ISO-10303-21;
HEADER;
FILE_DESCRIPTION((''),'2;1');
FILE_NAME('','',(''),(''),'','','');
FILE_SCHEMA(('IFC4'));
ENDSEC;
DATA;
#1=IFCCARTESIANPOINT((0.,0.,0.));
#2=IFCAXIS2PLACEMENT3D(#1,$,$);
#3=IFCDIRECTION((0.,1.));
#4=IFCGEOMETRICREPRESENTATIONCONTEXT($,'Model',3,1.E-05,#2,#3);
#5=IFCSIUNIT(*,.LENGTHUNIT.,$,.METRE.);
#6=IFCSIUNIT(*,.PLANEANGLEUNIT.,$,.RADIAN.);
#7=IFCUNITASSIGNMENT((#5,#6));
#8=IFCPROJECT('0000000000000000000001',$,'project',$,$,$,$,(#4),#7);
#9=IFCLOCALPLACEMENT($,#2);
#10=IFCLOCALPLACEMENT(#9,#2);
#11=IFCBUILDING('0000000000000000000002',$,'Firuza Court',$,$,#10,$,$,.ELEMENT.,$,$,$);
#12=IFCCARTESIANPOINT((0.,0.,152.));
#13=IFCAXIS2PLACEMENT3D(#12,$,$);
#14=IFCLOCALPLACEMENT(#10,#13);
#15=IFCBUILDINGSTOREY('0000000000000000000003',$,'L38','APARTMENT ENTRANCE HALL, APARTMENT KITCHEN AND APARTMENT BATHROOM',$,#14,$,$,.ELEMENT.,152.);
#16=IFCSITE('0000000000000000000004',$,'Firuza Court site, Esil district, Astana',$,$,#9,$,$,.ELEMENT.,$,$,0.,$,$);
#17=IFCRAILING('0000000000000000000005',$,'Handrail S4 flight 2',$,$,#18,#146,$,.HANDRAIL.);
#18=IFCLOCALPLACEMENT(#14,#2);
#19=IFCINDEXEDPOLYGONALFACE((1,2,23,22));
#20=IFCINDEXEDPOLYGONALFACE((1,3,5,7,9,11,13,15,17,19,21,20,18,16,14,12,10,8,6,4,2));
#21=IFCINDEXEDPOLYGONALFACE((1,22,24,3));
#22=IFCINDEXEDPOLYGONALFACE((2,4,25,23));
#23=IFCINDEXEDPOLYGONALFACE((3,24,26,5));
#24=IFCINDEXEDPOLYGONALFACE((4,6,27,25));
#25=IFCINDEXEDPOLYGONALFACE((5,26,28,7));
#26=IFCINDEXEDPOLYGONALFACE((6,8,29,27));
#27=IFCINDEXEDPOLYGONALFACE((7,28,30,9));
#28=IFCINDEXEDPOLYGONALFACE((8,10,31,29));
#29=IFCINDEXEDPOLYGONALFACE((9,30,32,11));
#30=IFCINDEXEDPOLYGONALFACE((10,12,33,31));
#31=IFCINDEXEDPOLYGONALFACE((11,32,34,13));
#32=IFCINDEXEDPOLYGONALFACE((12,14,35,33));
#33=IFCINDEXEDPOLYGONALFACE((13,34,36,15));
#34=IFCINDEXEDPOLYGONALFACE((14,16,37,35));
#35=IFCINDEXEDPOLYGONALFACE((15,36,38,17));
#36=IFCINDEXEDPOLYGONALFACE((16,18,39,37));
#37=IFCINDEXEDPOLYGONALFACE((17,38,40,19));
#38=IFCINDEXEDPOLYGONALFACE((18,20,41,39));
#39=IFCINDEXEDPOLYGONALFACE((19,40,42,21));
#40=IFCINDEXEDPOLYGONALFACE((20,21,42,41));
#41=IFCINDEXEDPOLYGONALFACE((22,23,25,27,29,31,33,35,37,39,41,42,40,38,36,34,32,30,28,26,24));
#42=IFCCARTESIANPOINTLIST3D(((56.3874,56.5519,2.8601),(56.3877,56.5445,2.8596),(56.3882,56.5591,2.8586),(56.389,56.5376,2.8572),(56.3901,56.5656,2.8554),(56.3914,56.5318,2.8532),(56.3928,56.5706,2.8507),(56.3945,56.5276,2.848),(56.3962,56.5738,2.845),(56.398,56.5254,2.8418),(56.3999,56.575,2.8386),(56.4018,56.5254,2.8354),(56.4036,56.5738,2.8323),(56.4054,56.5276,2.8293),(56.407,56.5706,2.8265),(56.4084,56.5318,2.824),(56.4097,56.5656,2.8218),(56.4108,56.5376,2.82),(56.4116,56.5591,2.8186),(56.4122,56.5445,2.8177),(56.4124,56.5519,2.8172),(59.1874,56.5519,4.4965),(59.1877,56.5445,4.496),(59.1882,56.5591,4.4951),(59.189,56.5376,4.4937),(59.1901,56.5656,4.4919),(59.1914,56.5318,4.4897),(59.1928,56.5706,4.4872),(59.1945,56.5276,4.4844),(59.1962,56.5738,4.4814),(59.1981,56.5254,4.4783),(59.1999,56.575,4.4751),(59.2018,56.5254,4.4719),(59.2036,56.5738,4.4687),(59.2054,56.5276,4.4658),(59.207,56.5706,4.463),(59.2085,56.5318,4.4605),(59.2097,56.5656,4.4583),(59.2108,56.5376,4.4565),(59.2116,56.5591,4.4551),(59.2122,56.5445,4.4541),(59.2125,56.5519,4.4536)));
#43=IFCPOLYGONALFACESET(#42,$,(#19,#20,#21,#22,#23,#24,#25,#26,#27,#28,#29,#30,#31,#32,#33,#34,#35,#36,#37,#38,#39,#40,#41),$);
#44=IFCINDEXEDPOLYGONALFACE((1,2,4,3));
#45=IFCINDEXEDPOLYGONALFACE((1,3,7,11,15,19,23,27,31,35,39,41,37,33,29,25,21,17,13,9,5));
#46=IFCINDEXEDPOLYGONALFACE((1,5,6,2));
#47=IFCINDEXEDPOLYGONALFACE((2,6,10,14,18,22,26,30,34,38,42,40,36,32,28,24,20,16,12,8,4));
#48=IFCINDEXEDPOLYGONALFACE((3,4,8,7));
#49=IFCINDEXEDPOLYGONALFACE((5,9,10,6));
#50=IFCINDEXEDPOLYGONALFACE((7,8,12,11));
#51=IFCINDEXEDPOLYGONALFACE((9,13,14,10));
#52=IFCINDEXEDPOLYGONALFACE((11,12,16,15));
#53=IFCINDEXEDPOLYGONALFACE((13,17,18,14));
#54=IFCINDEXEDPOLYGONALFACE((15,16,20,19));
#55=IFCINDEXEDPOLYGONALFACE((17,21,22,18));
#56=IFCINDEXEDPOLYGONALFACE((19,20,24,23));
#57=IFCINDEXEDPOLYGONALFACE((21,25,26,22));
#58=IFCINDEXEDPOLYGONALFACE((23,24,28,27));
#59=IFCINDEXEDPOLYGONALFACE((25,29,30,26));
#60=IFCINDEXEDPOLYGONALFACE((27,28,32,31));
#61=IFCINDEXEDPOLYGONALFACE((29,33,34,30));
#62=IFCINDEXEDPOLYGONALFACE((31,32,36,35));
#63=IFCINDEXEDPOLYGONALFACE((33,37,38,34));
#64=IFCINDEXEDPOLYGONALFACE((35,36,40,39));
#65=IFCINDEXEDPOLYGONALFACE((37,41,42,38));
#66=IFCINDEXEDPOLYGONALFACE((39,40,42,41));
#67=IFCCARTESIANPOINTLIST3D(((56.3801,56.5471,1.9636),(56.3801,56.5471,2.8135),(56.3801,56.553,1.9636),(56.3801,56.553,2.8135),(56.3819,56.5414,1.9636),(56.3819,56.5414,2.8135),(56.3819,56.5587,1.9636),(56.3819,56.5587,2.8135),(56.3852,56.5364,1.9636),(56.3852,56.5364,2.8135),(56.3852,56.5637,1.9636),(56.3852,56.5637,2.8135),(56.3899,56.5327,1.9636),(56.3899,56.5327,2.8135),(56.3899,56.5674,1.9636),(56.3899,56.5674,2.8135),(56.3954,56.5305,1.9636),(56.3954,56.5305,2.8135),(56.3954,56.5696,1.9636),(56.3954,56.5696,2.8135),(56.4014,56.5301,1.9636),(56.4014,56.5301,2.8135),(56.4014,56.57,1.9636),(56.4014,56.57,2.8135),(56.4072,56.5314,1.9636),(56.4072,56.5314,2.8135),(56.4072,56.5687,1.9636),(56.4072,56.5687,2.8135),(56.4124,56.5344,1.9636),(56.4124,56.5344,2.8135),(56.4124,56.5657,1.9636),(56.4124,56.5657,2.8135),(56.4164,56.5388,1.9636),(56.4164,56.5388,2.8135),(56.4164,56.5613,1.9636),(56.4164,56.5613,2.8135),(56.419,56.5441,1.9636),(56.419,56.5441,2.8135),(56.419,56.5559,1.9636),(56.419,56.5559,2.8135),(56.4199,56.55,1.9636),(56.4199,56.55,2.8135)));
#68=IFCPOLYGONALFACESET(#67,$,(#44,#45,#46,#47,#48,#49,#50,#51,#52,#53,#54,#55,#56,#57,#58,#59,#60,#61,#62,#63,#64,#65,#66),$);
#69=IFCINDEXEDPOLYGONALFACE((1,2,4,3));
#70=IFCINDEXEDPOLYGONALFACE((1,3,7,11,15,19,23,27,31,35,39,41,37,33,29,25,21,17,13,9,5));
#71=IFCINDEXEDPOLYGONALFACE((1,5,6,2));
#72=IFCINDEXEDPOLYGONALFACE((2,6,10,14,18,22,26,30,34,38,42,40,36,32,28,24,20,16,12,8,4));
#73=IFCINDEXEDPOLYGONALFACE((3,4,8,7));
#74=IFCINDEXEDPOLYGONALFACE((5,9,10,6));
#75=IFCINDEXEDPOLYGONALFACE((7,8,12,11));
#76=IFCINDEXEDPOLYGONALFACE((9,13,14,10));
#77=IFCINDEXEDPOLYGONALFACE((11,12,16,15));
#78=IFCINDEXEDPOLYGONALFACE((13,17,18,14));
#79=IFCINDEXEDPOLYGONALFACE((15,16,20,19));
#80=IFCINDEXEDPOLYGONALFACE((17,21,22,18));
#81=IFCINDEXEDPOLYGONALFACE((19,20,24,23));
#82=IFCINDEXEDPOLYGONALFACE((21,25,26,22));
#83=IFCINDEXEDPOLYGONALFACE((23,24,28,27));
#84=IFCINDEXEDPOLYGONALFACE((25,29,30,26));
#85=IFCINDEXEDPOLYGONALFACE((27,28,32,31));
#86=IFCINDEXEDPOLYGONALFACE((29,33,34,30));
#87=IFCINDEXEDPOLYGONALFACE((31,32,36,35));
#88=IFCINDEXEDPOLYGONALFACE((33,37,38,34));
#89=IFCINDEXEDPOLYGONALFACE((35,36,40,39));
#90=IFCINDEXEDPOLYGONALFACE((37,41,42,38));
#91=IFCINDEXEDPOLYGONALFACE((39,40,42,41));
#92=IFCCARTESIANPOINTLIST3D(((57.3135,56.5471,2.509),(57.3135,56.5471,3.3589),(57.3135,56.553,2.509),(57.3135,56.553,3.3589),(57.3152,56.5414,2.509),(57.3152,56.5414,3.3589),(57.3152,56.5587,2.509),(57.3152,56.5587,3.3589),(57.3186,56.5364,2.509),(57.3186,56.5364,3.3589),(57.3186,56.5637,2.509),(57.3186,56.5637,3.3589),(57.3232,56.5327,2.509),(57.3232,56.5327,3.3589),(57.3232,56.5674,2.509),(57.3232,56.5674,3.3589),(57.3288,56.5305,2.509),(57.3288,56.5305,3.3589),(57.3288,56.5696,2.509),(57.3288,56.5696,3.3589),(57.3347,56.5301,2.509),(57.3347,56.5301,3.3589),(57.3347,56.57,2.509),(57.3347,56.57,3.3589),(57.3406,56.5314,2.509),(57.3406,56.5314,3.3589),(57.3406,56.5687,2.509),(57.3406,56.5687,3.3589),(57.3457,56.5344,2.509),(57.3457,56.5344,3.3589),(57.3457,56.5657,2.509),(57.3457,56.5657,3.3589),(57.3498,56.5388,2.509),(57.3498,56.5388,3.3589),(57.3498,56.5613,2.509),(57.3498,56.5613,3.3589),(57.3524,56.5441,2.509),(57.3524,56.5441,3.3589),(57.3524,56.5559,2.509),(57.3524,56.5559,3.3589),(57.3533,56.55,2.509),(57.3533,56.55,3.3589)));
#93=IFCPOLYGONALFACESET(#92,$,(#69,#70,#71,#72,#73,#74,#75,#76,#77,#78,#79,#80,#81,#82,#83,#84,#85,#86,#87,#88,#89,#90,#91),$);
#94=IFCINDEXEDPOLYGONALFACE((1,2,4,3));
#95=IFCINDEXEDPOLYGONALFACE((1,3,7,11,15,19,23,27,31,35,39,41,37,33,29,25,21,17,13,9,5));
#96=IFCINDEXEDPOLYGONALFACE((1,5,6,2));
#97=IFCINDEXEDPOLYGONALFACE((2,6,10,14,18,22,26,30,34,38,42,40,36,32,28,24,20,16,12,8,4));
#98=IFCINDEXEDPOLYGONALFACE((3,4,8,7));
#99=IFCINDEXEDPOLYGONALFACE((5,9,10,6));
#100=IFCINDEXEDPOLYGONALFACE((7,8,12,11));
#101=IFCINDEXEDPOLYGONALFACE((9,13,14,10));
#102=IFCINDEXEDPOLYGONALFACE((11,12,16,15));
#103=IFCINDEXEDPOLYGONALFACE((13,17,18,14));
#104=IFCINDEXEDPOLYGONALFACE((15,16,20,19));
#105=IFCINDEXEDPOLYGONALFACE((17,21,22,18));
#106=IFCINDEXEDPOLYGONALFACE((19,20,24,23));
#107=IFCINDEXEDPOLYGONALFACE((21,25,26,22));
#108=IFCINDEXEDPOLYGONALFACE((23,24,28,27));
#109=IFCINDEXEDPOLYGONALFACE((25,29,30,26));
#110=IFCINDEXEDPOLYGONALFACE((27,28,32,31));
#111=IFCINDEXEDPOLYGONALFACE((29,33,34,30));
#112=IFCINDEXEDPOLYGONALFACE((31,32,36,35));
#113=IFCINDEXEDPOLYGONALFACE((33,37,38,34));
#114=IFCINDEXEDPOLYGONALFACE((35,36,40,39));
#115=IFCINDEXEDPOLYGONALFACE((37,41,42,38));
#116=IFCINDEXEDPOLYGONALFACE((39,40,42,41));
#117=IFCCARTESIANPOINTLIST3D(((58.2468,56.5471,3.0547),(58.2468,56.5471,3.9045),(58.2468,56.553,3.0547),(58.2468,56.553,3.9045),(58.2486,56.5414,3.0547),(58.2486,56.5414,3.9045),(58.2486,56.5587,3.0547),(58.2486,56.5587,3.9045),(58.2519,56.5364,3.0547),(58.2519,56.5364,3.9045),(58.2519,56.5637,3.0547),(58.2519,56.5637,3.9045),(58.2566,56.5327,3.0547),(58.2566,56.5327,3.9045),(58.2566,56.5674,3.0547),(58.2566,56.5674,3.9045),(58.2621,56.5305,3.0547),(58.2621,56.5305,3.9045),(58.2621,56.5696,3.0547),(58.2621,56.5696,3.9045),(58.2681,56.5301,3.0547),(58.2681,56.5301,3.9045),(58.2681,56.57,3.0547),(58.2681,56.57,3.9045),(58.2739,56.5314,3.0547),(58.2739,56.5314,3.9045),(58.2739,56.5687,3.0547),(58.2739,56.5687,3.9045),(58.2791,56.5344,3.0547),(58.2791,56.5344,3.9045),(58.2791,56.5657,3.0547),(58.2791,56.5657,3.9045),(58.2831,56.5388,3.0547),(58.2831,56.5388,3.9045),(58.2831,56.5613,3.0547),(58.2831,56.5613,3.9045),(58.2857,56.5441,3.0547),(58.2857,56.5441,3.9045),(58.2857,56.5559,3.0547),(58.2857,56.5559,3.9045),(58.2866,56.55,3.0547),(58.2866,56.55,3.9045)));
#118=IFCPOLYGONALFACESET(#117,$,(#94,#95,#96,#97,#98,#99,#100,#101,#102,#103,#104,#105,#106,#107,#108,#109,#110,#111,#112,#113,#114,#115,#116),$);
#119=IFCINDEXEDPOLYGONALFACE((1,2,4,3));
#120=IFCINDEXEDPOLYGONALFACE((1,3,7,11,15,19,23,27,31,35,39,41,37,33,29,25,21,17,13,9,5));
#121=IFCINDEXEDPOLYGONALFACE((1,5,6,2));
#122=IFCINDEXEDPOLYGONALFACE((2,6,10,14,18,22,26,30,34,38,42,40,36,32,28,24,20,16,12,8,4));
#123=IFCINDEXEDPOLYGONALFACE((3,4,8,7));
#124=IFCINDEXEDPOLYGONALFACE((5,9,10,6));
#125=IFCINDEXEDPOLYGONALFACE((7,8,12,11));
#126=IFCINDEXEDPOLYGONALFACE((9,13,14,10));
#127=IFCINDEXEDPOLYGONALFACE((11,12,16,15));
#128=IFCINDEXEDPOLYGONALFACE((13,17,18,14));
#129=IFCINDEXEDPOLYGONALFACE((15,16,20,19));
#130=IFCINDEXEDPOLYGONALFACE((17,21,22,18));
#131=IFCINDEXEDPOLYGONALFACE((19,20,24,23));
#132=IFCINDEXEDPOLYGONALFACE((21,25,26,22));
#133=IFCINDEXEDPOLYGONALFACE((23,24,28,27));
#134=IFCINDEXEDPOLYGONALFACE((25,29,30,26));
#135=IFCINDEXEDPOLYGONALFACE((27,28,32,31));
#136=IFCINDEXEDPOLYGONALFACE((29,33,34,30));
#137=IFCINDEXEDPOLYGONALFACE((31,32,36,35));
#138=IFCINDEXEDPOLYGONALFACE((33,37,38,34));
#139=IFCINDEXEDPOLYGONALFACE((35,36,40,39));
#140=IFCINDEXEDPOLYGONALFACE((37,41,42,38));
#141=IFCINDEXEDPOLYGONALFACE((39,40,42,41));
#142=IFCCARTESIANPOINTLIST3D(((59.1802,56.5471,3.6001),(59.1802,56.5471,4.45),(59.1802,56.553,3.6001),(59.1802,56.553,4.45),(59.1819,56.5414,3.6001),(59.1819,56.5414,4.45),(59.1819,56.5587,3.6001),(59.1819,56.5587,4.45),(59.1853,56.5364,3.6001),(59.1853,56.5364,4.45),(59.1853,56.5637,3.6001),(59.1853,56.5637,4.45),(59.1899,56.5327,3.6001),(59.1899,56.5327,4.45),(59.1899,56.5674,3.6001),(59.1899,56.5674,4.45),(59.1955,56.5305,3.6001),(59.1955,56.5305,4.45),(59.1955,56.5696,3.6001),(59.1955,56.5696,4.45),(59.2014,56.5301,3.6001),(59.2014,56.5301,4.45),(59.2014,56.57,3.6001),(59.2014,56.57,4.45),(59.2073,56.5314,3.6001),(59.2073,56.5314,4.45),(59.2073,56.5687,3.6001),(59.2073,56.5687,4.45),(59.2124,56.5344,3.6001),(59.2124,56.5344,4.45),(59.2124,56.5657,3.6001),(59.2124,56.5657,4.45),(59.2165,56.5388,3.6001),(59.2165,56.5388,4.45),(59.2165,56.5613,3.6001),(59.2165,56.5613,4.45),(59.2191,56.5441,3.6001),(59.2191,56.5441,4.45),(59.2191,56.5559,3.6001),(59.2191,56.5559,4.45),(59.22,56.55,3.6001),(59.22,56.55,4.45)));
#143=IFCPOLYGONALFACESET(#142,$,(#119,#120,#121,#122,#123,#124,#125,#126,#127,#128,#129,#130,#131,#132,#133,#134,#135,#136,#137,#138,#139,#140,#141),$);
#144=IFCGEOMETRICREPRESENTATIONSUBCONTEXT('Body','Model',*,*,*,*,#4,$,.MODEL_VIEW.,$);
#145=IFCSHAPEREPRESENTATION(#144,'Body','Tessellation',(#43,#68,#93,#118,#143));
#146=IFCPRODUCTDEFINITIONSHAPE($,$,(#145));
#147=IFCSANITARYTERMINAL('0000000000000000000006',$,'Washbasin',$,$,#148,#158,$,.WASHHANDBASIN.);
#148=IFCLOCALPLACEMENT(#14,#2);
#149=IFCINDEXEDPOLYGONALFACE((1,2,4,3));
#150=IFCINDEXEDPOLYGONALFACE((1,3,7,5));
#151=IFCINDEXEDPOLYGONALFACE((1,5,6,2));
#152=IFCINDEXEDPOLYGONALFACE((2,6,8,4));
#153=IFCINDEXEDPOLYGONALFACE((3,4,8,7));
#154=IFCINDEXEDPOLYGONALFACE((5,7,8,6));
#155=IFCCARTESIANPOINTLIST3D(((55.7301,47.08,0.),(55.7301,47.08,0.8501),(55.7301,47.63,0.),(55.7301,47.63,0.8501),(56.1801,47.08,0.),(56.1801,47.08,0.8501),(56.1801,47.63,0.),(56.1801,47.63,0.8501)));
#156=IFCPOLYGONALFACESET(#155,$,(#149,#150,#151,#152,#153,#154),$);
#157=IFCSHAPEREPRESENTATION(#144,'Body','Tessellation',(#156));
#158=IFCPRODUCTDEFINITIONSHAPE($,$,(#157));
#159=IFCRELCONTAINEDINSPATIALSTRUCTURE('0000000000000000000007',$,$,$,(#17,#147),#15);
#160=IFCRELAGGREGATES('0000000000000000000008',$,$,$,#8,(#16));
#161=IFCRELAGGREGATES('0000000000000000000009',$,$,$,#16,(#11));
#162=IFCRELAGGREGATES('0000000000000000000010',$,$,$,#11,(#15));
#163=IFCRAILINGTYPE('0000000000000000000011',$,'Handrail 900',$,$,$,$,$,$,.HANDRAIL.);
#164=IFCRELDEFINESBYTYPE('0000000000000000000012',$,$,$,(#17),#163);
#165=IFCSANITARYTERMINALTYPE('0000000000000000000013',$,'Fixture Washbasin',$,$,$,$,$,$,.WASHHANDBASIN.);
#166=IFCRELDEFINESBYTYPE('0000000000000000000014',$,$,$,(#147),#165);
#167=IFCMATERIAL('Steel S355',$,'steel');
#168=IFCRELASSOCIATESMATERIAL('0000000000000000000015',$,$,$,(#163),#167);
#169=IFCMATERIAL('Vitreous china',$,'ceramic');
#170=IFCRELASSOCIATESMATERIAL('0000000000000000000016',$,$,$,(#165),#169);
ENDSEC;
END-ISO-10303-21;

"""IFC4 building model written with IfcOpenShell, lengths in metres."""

from ifc_helpers import new_model, si_unit, direction, frame, origin, origin_2d, place, context, subcontext, project, spatial, rectangle, circle, extrude, material, type_object, element, save


model = new_model("IFC4")

# Units and contexts
model_context = context("Model", 3, precision=1e-05, world=origin(), true_north=direction((0.0, 1.0)))
body_context = subcontext(model_context, "Body", "Model", "MODEL_VIEW")
ifc_project = project(units=[si_unit("LENGTHUNIT", "METRE"), si_unit("PLANEANGLEUNIT", "RADIAN")], contexts=[model_context])

# Site, building, storey
site_placement = place(None, origin())
site = spatial("IfcSite", under=ifc_project, at=site_placement, Name="Firuza Court site, Esil district, Astana", CompositionType="ELEMENT", RefElevation=0.0)
building_placement = place(site_placement, origin())
building = spatial("IfcBuilding", under=site, at=building_placement, Name="Firuza Court", CompositionType="ELEMENT")
storey_placement = place(building_placement, frame((0.0, 0.0, 152.0)))
storey = spatial("IfcBuildingStorey", under=building, at=storey_placement, Name="L38", Description="APARTMENT ENTRANCE HALL, APARTMENT KITCHEN AND APARTMENT BATHROOM", CompositionType="ELEMENT", Elevation=152.0)

# Railing
ifc_material_1 = material(Name="Steel S355", Category="steel")
railing_type_1 = type_object("IfcRailingType", Name="Handrail 900", PredefinedType="HANDRAIL", material=ifc_material_1)
railing_1_placement = place(storey_placement, frame((56.3999, 56.55, 1.9636)))
element("IfcRailing", 1, at=railing_1_placement, inside=storey, type_object=railing_type_1, Name="Handrail S4 flight 2", PredefinedType="HANDRAIL", context=body_context, shape_type="SweptSolid", body=[
    extrude(circle(Radius=0.0249, at=origin_2d()), frame((0.0, 0.0, 0.875), z_axis=(0.863361, 0.0, 0.504587), x_axis=(0.0, 1.0, 0.0)), (0.0, 0.0, 1.0), 3.2432),
    extrude(circle(Radius=0.02, at=origin_2d()), origin(), (0.0, 0.0, 1.0), 0.8499),
    extrude(circle(Radius=0.02, at=origin_2d()), frame((0.9333, 0.0, 0.5454)), (0.0, 0.0, 1.0), 0.8499),
    extrude(circle(Radius=0.02, at=origin_2d()), frame((1.8667, 0.0, 1.0911)), (0.0, 0.0, 1.0), 0.8499),
    extrude(circle(Radius=0.02, at=origin_2d()), frame((2.8, 0.0, 1.6365)), (0.0, 0.0, 1.0), 0.8499),
])

# Sanitary terminal
ifc_material_2 = material(Name="Vitreous china", Category="ceramic")
sanitary_terminal_type = type_object("IfcSanitaryTerminalType", Name="Fixture Washbasin", PredefinedType="WASHHANDBASIN", material=ifc_material_2)
sanitary_terminal_placement = place(storey_placement, frame((55.9551, 47.355, 0.0), z_axis=(0.0, 0.0, 1.0), x_axis=(1.0, 0.0, 0.0)))
element("IfcSanitaryTerminal", 2, at=sanitary_terminal_placement, inside=storey, type_object=sanitary_terminal_type, Name="Washbasin", PredefinedType="WASHHANDBASIN", context=body_context, shape_type="SweptSolid", body=[
    extrude(rectangle(XDim=0.45, YDim=0.55, at=origin_2d()), origin(), (0.0, 0.0, 1.0), 0.8501),
])

save(model, "model.ifc")
